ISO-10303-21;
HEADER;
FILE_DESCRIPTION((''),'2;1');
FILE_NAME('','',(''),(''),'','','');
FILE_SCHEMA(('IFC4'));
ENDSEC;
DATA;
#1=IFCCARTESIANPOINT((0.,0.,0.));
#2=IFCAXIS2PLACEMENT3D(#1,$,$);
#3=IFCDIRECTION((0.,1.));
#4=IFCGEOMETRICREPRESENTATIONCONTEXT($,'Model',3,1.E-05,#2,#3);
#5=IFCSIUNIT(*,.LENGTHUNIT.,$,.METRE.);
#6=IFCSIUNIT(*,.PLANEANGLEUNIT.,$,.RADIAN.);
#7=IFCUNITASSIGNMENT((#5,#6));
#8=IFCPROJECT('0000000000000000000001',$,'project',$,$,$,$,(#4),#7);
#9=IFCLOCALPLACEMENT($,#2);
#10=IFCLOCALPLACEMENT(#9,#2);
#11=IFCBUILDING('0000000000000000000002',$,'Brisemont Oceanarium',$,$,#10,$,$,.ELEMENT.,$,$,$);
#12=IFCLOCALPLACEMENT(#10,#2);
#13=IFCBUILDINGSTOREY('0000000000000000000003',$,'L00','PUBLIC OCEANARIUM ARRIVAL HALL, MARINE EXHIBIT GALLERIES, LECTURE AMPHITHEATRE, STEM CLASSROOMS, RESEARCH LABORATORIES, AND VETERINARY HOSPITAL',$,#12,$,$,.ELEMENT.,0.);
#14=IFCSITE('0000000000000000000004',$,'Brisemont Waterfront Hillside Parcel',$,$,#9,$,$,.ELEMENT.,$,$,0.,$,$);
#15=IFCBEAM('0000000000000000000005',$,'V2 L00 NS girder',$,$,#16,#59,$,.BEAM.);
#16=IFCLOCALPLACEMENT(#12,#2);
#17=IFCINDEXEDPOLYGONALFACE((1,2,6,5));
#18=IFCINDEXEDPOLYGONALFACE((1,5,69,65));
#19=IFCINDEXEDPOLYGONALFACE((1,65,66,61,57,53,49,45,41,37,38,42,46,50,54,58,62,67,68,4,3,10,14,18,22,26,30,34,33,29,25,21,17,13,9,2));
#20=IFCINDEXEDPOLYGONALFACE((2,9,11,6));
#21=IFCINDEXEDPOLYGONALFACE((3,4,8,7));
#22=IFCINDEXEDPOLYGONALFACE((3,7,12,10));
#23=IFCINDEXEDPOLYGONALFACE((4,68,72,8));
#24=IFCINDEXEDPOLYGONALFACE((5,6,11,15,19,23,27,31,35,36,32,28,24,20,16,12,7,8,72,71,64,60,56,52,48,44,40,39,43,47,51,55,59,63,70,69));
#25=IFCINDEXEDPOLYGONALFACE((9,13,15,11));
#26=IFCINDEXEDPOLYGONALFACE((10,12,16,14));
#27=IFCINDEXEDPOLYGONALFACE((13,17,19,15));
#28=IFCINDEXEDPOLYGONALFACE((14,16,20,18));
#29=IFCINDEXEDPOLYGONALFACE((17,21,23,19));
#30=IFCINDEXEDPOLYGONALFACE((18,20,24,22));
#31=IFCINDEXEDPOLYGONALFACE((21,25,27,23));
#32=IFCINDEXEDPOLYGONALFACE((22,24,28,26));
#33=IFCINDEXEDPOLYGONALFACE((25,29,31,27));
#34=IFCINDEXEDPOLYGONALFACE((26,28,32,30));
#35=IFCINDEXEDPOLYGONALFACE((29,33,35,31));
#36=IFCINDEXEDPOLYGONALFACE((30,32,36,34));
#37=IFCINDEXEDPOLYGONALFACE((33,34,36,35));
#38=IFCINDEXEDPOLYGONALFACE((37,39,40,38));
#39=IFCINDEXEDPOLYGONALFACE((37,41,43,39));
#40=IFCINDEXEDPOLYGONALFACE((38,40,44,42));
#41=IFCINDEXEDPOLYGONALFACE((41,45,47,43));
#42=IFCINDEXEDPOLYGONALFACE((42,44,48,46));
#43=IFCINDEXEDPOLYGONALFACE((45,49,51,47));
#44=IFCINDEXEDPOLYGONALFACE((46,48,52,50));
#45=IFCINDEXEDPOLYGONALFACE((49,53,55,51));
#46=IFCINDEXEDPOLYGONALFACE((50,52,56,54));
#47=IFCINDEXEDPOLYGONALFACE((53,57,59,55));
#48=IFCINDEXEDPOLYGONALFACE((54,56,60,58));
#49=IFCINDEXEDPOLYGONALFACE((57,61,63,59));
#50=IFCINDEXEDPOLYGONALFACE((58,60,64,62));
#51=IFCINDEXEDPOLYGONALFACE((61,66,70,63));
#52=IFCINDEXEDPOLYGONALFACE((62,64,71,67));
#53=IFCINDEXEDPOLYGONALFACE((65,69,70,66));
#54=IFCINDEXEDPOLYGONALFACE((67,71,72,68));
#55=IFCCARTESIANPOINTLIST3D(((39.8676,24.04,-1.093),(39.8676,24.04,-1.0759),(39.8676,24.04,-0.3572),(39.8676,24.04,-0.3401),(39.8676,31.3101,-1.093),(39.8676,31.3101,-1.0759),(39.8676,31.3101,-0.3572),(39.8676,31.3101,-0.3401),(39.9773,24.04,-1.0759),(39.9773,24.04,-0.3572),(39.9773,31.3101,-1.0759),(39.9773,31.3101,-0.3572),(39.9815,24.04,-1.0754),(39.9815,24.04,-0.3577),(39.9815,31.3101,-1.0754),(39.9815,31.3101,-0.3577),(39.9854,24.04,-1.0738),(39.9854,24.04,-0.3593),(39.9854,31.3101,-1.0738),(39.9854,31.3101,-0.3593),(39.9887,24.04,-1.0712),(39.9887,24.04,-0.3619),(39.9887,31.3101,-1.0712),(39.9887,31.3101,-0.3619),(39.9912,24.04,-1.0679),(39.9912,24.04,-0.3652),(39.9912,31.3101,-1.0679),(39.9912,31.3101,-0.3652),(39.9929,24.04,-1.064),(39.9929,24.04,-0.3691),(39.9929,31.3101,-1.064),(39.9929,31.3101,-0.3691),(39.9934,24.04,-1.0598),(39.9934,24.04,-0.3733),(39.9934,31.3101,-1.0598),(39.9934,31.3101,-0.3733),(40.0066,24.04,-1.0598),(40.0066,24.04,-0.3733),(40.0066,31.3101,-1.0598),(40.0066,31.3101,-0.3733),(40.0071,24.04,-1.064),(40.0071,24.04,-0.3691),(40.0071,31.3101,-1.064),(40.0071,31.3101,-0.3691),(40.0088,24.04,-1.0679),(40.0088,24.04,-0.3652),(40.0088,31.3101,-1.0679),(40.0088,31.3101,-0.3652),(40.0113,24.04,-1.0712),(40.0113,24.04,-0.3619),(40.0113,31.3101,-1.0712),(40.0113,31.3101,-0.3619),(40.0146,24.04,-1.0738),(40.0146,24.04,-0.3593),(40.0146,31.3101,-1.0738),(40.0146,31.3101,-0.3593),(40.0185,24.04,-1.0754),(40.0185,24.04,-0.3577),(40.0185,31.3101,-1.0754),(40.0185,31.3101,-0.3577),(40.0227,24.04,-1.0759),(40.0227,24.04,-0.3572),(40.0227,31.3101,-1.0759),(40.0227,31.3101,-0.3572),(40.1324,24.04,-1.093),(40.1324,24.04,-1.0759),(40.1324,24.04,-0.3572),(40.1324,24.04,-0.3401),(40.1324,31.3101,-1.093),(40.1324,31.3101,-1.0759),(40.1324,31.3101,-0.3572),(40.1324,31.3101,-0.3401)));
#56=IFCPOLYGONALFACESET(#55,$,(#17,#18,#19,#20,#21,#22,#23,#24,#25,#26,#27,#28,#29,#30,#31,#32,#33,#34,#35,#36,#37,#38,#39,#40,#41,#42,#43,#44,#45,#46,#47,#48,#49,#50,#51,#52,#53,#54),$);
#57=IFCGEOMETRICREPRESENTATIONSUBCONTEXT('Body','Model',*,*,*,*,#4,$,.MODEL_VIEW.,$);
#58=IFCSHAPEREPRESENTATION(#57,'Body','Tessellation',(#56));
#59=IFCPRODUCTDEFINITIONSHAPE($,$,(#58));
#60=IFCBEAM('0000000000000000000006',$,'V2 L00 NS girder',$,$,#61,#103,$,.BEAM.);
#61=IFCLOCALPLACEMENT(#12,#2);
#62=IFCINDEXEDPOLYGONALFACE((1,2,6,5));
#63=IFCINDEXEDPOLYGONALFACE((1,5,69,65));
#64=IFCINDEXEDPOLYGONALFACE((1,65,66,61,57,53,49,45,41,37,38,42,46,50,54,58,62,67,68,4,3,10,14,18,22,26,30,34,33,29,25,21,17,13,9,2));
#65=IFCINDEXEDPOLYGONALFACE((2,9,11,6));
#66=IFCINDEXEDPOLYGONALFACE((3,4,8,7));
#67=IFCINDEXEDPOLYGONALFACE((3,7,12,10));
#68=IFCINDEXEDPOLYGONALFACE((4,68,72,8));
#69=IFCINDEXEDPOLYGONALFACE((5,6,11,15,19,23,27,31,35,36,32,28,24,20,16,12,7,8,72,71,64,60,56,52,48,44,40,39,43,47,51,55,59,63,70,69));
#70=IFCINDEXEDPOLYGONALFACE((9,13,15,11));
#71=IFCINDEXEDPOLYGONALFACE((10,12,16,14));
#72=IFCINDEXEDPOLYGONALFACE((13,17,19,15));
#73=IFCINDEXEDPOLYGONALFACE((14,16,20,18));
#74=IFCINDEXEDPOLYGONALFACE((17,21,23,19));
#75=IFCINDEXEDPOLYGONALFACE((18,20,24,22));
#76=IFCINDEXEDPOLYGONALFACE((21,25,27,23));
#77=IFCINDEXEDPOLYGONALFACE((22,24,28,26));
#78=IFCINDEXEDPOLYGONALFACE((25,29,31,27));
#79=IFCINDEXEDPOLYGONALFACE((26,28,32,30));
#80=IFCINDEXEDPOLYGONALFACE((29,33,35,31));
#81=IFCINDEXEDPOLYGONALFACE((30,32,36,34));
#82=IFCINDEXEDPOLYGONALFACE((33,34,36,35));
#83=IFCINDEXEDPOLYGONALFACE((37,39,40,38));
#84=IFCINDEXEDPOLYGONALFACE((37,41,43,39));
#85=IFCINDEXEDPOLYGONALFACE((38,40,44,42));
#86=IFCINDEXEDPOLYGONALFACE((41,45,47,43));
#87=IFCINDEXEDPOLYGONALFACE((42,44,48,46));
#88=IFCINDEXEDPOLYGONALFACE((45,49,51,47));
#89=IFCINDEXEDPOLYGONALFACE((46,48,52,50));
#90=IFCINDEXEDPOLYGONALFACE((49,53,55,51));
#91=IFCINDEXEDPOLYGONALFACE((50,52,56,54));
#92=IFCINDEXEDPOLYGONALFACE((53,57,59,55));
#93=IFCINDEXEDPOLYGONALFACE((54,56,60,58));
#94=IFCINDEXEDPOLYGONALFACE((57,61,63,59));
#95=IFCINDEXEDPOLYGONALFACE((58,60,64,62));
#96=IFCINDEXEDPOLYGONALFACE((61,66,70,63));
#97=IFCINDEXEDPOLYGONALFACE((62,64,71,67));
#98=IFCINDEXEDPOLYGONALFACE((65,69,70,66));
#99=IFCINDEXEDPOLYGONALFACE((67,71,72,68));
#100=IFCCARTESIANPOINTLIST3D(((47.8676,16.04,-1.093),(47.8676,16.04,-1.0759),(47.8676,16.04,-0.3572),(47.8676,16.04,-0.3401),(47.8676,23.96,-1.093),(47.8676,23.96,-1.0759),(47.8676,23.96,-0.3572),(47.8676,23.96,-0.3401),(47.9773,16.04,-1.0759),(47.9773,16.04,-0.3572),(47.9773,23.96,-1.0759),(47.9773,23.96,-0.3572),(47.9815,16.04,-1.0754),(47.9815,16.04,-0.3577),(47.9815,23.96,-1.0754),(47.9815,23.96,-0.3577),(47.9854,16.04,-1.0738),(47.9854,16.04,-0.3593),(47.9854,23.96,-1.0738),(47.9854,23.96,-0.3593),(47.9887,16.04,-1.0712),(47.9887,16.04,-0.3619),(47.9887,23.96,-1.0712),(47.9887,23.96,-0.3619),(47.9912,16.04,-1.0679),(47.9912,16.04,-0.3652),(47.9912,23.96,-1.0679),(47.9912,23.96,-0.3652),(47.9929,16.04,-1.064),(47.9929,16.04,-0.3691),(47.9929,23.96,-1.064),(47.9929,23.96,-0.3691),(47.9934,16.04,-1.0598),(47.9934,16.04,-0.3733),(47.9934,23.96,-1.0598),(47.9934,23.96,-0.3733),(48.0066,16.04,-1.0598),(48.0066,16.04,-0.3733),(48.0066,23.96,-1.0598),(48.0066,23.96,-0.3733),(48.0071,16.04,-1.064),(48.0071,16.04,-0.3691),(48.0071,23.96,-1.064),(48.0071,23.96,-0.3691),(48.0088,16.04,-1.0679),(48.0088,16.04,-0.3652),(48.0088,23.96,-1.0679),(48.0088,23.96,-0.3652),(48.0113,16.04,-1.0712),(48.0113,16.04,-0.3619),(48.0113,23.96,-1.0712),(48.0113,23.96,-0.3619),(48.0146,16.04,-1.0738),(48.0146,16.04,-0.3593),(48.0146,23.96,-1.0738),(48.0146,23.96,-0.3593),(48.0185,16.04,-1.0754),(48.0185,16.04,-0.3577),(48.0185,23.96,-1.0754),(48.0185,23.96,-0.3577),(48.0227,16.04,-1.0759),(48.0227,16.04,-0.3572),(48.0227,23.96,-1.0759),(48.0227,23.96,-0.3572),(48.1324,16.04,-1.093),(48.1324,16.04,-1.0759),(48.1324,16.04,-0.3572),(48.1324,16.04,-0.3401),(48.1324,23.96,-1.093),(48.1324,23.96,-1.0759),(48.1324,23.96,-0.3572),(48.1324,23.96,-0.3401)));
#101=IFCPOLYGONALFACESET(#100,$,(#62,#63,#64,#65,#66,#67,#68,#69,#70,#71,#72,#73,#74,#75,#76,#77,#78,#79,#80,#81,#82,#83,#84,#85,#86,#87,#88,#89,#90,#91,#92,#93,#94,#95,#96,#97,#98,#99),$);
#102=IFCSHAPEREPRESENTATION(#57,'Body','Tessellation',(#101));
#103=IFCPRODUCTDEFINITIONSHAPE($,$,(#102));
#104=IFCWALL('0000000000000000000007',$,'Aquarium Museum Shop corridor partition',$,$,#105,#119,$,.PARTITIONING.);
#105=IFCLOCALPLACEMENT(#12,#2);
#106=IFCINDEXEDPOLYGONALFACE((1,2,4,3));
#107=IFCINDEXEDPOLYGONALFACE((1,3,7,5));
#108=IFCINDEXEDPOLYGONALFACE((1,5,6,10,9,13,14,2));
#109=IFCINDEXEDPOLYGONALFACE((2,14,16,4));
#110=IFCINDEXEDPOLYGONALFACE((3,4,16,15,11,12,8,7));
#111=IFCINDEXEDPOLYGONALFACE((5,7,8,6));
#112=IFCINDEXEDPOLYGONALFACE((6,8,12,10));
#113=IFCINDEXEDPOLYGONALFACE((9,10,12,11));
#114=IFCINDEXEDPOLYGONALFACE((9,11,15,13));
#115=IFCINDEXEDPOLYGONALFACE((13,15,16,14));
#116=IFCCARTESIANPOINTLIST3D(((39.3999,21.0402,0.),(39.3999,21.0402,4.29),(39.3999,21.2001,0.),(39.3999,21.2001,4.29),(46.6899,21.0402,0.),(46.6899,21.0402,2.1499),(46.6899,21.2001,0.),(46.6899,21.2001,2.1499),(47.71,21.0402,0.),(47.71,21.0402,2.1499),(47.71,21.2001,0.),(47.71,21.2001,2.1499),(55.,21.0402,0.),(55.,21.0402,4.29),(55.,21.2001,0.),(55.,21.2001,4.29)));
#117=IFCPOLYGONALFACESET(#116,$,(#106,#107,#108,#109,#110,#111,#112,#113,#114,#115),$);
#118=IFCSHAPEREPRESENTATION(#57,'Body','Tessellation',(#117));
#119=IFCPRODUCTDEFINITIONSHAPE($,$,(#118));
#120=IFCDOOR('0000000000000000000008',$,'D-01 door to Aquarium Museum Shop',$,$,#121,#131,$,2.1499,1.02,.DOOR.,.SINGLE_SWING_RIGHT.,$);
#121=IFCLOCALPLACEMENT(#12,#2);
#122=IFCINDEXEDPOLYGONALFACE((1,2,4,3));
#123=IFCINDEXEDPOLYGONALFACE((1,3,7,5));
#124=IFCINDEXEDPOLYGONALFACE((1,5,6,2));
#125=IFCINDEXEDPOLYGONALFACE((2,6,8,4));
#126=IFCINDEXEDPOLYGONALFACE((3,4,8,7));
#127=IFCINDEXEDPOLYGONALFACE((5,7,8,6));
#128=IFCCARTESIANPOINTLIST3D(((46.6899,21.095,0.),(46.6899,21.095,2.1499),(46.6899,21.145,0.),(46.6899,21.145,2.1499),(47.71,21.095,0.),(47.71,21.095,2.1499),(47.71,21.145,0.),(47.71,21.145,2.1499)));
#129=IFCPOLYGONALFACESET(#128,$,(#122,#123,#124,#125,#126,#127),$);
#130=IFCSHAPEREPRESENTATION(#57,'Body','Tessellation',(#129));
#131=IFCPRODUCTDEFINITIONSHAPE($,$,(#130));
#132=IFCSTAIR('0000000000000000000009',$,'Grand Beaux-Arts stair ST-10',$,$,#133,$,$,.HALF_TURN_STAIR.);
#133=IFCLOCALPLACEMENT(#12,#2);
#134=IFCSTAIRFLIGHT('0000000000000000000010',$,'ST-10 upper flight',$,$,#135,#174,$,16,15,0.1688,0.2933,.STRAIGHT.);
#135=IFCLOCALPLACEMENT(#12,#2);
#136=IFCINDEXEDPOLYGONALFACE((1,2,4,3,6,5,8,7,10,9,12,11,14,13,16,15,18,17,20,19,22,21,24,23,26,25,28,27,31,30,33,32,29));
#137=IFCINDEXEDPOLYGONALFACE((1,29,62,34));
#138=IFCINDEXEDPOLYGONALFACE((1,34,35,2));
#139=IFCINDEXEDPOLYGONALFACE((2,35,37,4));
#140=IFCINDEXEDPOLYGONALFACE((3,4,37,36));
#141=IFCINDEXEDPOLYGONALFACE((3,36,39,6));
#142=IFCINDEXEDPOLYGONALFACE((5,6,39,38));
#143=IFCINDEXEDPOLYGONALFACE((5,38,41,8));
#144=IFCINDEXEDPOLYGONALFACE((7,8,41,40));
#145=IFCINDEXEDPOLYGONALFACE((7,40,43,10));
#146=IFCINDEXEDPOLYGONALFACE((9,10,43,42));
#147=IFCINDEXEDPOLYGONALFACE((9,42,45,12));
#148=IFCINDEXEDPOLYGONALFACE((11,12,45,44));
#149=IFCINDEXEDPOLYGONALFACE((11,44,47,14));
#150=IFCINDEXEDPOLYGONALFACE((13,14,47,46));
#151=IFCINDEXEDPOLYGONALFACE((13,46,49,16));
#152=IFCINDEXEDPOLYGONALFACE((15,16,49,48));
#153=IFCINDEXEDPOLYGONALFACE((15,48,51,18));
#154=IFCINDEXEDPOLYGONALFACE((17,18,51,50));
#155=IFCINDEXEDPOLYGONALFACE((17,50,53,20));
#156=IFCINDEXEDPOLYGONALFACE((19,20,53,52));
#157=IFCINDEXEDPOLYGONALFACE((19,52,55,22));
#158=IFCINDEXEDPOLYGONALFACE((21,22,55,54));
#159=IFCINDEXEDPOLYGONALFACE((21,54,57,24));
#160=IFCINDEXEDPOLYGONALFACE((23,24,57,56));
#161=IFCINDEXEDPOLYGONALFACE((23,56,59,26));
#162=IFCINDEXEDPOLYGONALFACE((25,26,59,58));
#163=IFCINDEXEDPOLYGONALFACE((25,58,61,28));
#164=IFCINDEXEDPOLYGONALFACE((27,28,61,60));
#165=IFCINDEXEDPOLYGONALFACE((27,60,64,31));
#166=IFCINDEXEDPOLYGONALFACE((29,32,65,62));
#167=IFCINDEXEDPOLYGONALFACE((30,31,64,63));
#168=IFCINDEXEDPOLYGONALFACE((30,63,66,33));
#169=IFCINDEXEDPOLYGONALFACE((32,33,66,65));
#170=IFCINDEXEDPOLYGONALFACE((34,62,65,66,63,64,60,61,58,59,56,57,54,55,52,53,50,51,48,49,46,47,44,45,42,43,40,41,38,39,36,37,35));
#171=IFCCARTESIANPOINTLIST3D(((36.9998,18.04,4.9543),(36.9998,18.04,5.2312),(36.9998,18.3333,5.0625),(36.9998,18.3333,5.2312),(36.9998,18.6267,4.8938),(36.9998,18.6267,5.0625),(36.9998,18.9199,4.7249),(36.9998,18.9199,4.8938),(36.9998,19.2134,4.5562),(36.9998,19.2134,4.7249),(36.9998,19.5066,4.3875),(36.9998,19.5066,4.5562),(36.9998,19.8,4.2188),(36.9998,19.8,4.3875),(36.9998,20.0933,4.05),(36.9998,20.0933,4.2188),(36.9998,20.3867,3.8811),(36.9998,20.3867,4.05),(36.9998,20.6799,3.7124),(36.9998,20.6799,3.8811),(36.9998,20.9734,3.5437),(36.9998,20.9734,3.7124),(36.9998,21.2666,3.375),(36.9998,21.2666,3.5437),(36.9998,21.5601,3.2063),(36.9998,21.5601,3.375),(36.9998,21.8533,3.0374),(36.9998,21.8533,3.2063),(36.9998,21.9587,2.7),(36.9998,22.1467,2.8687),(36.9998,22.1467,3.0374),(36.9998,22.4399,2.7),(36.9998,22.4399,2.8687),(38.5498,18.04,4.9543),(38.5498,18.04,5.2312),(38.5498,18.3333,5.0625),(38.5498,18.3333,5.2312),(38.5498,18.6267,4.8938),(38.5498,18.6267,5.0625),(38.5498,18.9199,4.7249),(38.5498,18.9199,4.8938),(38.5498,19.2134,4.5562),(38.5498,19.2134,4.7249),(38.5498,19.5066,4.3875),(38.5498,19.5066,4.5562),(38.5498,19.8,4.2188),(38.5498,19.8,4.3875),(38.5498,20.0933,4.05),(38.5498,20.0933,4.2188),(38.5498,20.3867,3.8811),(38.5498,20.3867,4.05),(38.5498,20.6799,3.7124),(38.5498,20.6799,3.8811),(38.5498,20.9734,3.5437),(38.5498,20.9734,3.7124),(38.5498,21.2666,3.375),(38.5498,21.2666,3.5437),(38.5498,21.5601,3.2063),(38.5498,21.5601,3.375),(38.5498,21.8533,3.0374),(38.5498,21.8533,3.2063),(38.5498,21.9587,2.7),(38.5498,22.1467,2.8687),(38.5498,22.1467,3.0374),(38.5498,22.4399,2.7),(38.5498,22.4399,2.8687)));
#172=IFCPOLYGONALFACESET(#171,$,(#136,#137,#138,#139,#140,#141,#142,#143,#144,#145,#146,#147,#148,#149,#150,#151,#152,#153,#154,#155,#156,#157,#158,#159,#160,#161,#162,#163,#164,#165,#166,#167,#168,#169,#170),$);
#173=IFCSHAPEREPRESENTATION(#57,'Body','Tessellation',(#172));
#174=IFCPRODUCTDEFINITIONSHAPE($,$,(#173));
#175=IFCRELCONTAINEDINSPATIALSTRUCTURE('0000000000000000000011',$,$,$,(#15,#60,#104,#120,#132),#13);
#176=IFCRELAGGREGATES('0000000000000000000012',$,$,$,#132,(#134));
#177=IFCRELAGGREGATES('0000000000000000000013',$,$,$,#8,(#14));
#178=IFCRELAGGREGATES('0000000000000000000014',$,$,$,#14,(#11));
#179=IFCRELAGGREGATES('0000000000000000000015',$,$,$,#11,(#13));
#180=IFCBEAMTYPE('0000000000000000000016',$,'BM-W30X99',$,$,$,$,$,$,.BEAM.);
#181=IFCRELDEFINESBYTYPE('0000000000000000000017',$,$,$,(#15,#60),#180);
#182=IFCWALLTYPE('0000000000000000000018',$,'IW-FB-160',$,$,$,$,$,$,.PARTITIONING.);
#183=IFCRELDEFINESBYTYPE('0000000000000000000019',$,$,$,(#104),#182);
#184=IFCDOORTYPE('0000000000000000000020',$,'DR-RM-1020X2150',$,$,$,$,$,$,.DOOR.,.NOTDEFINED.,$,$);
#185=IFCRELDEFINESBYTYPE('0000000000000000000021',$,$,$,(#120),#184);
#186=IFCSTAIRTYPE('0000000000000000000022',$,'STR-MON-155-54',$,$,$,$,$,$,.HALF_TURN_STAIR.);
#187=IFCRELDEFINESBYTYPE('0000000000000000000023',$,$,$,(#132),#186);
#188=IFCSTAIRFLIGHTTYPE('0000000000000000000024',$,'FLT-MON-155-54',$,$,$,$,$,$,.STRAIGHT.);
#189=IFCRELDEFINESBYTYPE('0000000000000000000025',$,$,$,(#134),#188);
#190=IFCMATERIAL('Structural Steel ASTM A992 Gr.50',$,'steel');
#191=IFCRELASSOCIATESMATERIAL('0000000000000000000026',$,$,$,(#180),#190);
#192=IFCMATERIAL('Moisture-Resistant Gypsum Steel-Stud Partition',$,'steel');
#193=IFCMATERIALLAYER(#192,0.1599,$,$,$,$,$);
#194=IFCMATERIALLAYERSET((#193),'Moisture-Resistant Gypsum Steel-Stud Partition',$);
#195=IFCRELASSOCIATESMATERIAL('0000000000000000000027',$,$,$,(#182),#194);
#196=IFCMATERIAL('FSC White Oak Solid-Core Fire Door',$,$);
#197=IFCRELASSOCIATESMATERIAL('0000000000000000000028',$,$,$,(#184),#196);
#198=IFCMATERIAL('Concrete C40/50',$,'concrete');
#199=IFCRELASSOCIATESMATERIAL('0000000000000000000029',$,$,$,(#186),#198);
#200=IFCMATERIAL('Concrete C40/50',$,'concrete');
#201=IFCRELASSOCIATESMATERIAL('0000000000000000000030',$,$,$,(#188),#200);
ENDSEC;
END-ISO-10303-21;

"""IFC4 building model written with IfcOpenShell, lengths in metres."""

from ifc_helpers import new_model, si_unit, direction, frame, frame_2d, origin, origin_2d, place, context, subcontext, project, spatial, polyline, rectangle, i_section, outline, extrude, material, layer, layer_set, material_profile, profile_set, type_object, element, fill, aggregate, save


model = new_model("IFC4")

# Units and contexts
model_context = context("Model", 3, precision=1e-05, world=origin(), true_north=direction((0.0, 1.0)))
body_context = subcontext(model_context, "Body", "Model", "MODEL_VIEW")
ifc_project = project(units=[si_unit("LENGTHUNIT", "METRE"), si_unit("PLANEANGLEUNIT", "RADIAN")], contexts=[model_context])

# Site, building, storey
site_placement = place(None, origin())
site = spatial("IfcSite", under=ifc_project, at=site_placement, Name="Brisemont Waterfront Hillside Parcel", CompositionType="ELEMENT", RefElevation=0.0)
building_placement = place(site_placement, origin())
building = spatial("IfcBuilding", under=site, at=building_placement, Name="Brisemont Oceanarium", CompositionType="ELEMENT")
storey_placement = place(building_placement, origin())
storey = spatial("IfcBuildingStorey", under=building, at=storey_placement, Name="L00", Description="PUBLIC OCEANARIUM ARRIVAL HALL, MARINE EXHIBIT GALLERIES, LECTURE AMPHITHEATRE, STEM CLASSROOMS, RESEARCH LABORATORIES, AND VETERINARY HOSPITAL", CompositionType="ELEMENT", Elevation=0.0)

# Beams
ifc_material_1 = material(Name="Structural Steel ASTM A992 Gr.50", Category="steel")
ifc_material_profile_1 = material_profile(ifc_material_1, i_section(OverallWidth=0.2649, OverallDepth=0.7529, WebThickness=0.0132, FlangeThickness=0.0171, FilletRadius=0.0161, at=origin_2d()), Name="W30X99")
ifc_profile_set_1 = profile_set([ifc_material_profile_1], Name="Structural Steel ASTM A992 Gr.50")
beam_type_1 = type_object("IfcBeamType", Name="BM-W30X99", PredefinedType="BEAM", material=ifc_profile_set_1)
beam_1_placement = place(storey_placement, frame((40.0, 24.04, -0.7166), z_axis=(0.0, 1.0, 0.0), x_axis=(-1.0, 0.0, 0.0)))
element("IfcBeam", 1, at=beam_1_placement, inside=storey, type_object=beam_type_1, Name="V2 L00 NS girder", PredefinedType="BEAM", context=body_context, shape_type="SweptSolid", body=[
    extrude(i_section(OverallWidth=0.2649, OverallDepth=0.7529, WebThickness=0.0132, FlangeThickness=0.0171, FilletRadius=0.0161, at=origin_2d()), origin(), (0.0, 0.0, 1.0), 7.27),
])
beam_2_placement = place(storey_placement, frame((48.0, 16.04, -0.7166), z_axis=(0.0, 1.0, 0.0), x_axis=(-1.0, 0.0, 0.0)))
element("IfcBeam", 2, at=beam_2_placement, inside=storey, type_object=beam_type_1, Name="V2 L00 NS girder", PredefinedType="BEAM", context=body_context, shape_type="SweptSolid", body=[
    extrude(i_section(OverallWidth=0.2649, OverallDepth=0.7529, WebThickness=0.0132, FlangeThickness=0.0171, FilletRadius=0.0161, at=origin_2d()), origin(), (0.0, 0.0, 1.0), 7.9199),
])

# Wall, opening, door
ifc_material_2 = material(Name="Moisture-Resistant Gypsum Steel-Stud Partition", Category="steel")
ifc_layer = layer(ifc_material_2, 0.1599)
ifc_layer_set = layer_set([ifc_layer], Name="Moisture-Resistant Gypsum Steel-Stud Partition")
wall_type = type_object("IfcWallType", Name="IW-FB-160", PredefinedType="PARTITIONING", material=ifc_layer_set)
wall_placement = place(storey_placement, frame((39.3999, 21.1201, 0.0), z_axis=(0.0, 0.0, 1.0), x_axis=(1.0, 0.0, 0.0)))
wall = element("IfcWall", 3, at=wall_placement, inside=storey, type_object=wall_type, Name="Aquarium Museum Shop corridor partition", PredefinedType="PARTITIONING", context=body_context, shape_type="SweptSolid", body=[
    extrude(rectangle(XDim=15.6001, YDim=0.1599, at=frame_2d((7.8, 0.0))), origin(), (0.0, 0.0, 1.0), 4.29),
])
opening_placement = place(wall_placement, frame((7.29, 0.0, 0.0)))
opening = element("IfcOpeningElement", 4, at=opening_placement, cuts=wall, PredefinedType="OPENING", context=body_context, shape_type="SweptSolid", body=[
    extrude(rectangle(XDim=1.02, YDim=2.1499, at=frame_2d((0.51, 1.075))), frame((0.0, 0.0898, 0.0), z_axis=(0.0, -1.0, 0.0), x_axis=(1.0, 0.0, 0.0)), (0.0, 0.0, 1.0), 0.1799),
])
ifc_material_3 = material(Name="FSC White Oak Solid-Core Fire Door")
door_type = type_object("IfcDoorType", Name="DR-RM-1020X2150", OperationType="NOTDEFINED", PredefinedType="DOOR", material=ifc_material_3)
door_placement = place(opening_placement, origin())
door = element("IfcDoor", 5, at=door_placement, inside=storey, type_object=door_type, Name="D-01 door to Aquarium Museum Shop", OperationType="SINGLE_SWING_RIGHT", OverallHeight=2.1499, OverallWidth=1.02, PredefinedType="DOOR", context=body_context, shape_type="SweptSolid", body=[
    extrude(rectangle(XDim=1.02, YDim=2.1499, at=frame_2d((0.51, 1.075))), frame((0.0, 0.0249, 0.0), z_axis=(0.0, -1.0, 0.0), x_axis=(1.0, 0.0, 0.0)), (0.0, 0.0, 1.0), 0.05),
])
fill(opening, door)

# Stair, stair flight
ifc_material_4 = material(Name="Concrete C40/50", Category="concrete")
stair_type = type_object("IfcStairType", Name="STR-MON-155-54", PredefinedType="HALF_TURN_STAIR", material=ifc_material_4)
stair_placement = place(storey_placement, origin())
stair = element("IfcStair", 6, at=stair_placement, inside=storey, type_object=stair_type, Name="Grand Beaux-Arts stair ST-10", PredefinedType="HALF_TURN_STAIR")
ifc_material_5 = material(Name="Concrete C40/50", Category="concrete")
stair_flight_type = type_object("IfcStairFlightType", Name="FLT-MON-155-54", PredefinedType="STRAIGHT", material=ifc_material_5)
stair_flight_placement = place(storey_placement, frame((37.7749, 22.4399, 2.7), z_axis=(0.0, 0.0, 1.0), x_axis=(0.0, -1.0, 0.0)))
stair_flight = element("IfcStairFlight", 7, at=stair_flight_placement, type_object=stair_flight_type, Name="ST-10 upper flight", NumberOfRisers=16, NumberOfTreads=15, PredefinedType="STRAIGHT", RiserHeight=0.1688, TreadLength=0.2933, context=body_context, shape_type="SweptSolid", body=[
    extrude(outline(polyline([(0.0, 0.0), (0.0, 0.1687), (0.2932, 0.1687), (0.2932, 0.3374), (0.5867, 0.3374), (0.5867, 0.5063), (0.8799, 0.5063), (0.8799, 0.675), (1.1733, 0.675), (1.1733, 0.8438), (1.4666, 0.8438), (1.4666, 1.0125), (1.76, 1.0125), (1.76, 1.1812), (2.0532, 1.1812), (2.0532, 1.3501), (2.3467, 1.3501), (2.3467, 1.5188), (2.6399, 1.5188), (2.6399, 1.6875), (2.9333, 1.6875), (2.9333, 1.8562), (3.2266, 1.8562), (3.2266, 2.0249), (3.52, 2.0249), (3.52, 2.1938), (3.8132, 2.1938), (3.8132, 2.3625), (4.1067, 2.3625), (4.1067, 2.5312), (4.3999, 2.5312), (4.3999, 2.7), (4.3999, 2.2544), (0.4812, 0.0), (0.0, 0.0)])), frame((0.0, 0.7749, 0.0), z_axis=(0.0, -1.0, 0.0), x_axis=(1.0, 0.0, 0.0)), (0.0, 0.0, 1.0), 1.55),
])
aggregate(stair, [stair_flight])

save(model, "model.ifc")
